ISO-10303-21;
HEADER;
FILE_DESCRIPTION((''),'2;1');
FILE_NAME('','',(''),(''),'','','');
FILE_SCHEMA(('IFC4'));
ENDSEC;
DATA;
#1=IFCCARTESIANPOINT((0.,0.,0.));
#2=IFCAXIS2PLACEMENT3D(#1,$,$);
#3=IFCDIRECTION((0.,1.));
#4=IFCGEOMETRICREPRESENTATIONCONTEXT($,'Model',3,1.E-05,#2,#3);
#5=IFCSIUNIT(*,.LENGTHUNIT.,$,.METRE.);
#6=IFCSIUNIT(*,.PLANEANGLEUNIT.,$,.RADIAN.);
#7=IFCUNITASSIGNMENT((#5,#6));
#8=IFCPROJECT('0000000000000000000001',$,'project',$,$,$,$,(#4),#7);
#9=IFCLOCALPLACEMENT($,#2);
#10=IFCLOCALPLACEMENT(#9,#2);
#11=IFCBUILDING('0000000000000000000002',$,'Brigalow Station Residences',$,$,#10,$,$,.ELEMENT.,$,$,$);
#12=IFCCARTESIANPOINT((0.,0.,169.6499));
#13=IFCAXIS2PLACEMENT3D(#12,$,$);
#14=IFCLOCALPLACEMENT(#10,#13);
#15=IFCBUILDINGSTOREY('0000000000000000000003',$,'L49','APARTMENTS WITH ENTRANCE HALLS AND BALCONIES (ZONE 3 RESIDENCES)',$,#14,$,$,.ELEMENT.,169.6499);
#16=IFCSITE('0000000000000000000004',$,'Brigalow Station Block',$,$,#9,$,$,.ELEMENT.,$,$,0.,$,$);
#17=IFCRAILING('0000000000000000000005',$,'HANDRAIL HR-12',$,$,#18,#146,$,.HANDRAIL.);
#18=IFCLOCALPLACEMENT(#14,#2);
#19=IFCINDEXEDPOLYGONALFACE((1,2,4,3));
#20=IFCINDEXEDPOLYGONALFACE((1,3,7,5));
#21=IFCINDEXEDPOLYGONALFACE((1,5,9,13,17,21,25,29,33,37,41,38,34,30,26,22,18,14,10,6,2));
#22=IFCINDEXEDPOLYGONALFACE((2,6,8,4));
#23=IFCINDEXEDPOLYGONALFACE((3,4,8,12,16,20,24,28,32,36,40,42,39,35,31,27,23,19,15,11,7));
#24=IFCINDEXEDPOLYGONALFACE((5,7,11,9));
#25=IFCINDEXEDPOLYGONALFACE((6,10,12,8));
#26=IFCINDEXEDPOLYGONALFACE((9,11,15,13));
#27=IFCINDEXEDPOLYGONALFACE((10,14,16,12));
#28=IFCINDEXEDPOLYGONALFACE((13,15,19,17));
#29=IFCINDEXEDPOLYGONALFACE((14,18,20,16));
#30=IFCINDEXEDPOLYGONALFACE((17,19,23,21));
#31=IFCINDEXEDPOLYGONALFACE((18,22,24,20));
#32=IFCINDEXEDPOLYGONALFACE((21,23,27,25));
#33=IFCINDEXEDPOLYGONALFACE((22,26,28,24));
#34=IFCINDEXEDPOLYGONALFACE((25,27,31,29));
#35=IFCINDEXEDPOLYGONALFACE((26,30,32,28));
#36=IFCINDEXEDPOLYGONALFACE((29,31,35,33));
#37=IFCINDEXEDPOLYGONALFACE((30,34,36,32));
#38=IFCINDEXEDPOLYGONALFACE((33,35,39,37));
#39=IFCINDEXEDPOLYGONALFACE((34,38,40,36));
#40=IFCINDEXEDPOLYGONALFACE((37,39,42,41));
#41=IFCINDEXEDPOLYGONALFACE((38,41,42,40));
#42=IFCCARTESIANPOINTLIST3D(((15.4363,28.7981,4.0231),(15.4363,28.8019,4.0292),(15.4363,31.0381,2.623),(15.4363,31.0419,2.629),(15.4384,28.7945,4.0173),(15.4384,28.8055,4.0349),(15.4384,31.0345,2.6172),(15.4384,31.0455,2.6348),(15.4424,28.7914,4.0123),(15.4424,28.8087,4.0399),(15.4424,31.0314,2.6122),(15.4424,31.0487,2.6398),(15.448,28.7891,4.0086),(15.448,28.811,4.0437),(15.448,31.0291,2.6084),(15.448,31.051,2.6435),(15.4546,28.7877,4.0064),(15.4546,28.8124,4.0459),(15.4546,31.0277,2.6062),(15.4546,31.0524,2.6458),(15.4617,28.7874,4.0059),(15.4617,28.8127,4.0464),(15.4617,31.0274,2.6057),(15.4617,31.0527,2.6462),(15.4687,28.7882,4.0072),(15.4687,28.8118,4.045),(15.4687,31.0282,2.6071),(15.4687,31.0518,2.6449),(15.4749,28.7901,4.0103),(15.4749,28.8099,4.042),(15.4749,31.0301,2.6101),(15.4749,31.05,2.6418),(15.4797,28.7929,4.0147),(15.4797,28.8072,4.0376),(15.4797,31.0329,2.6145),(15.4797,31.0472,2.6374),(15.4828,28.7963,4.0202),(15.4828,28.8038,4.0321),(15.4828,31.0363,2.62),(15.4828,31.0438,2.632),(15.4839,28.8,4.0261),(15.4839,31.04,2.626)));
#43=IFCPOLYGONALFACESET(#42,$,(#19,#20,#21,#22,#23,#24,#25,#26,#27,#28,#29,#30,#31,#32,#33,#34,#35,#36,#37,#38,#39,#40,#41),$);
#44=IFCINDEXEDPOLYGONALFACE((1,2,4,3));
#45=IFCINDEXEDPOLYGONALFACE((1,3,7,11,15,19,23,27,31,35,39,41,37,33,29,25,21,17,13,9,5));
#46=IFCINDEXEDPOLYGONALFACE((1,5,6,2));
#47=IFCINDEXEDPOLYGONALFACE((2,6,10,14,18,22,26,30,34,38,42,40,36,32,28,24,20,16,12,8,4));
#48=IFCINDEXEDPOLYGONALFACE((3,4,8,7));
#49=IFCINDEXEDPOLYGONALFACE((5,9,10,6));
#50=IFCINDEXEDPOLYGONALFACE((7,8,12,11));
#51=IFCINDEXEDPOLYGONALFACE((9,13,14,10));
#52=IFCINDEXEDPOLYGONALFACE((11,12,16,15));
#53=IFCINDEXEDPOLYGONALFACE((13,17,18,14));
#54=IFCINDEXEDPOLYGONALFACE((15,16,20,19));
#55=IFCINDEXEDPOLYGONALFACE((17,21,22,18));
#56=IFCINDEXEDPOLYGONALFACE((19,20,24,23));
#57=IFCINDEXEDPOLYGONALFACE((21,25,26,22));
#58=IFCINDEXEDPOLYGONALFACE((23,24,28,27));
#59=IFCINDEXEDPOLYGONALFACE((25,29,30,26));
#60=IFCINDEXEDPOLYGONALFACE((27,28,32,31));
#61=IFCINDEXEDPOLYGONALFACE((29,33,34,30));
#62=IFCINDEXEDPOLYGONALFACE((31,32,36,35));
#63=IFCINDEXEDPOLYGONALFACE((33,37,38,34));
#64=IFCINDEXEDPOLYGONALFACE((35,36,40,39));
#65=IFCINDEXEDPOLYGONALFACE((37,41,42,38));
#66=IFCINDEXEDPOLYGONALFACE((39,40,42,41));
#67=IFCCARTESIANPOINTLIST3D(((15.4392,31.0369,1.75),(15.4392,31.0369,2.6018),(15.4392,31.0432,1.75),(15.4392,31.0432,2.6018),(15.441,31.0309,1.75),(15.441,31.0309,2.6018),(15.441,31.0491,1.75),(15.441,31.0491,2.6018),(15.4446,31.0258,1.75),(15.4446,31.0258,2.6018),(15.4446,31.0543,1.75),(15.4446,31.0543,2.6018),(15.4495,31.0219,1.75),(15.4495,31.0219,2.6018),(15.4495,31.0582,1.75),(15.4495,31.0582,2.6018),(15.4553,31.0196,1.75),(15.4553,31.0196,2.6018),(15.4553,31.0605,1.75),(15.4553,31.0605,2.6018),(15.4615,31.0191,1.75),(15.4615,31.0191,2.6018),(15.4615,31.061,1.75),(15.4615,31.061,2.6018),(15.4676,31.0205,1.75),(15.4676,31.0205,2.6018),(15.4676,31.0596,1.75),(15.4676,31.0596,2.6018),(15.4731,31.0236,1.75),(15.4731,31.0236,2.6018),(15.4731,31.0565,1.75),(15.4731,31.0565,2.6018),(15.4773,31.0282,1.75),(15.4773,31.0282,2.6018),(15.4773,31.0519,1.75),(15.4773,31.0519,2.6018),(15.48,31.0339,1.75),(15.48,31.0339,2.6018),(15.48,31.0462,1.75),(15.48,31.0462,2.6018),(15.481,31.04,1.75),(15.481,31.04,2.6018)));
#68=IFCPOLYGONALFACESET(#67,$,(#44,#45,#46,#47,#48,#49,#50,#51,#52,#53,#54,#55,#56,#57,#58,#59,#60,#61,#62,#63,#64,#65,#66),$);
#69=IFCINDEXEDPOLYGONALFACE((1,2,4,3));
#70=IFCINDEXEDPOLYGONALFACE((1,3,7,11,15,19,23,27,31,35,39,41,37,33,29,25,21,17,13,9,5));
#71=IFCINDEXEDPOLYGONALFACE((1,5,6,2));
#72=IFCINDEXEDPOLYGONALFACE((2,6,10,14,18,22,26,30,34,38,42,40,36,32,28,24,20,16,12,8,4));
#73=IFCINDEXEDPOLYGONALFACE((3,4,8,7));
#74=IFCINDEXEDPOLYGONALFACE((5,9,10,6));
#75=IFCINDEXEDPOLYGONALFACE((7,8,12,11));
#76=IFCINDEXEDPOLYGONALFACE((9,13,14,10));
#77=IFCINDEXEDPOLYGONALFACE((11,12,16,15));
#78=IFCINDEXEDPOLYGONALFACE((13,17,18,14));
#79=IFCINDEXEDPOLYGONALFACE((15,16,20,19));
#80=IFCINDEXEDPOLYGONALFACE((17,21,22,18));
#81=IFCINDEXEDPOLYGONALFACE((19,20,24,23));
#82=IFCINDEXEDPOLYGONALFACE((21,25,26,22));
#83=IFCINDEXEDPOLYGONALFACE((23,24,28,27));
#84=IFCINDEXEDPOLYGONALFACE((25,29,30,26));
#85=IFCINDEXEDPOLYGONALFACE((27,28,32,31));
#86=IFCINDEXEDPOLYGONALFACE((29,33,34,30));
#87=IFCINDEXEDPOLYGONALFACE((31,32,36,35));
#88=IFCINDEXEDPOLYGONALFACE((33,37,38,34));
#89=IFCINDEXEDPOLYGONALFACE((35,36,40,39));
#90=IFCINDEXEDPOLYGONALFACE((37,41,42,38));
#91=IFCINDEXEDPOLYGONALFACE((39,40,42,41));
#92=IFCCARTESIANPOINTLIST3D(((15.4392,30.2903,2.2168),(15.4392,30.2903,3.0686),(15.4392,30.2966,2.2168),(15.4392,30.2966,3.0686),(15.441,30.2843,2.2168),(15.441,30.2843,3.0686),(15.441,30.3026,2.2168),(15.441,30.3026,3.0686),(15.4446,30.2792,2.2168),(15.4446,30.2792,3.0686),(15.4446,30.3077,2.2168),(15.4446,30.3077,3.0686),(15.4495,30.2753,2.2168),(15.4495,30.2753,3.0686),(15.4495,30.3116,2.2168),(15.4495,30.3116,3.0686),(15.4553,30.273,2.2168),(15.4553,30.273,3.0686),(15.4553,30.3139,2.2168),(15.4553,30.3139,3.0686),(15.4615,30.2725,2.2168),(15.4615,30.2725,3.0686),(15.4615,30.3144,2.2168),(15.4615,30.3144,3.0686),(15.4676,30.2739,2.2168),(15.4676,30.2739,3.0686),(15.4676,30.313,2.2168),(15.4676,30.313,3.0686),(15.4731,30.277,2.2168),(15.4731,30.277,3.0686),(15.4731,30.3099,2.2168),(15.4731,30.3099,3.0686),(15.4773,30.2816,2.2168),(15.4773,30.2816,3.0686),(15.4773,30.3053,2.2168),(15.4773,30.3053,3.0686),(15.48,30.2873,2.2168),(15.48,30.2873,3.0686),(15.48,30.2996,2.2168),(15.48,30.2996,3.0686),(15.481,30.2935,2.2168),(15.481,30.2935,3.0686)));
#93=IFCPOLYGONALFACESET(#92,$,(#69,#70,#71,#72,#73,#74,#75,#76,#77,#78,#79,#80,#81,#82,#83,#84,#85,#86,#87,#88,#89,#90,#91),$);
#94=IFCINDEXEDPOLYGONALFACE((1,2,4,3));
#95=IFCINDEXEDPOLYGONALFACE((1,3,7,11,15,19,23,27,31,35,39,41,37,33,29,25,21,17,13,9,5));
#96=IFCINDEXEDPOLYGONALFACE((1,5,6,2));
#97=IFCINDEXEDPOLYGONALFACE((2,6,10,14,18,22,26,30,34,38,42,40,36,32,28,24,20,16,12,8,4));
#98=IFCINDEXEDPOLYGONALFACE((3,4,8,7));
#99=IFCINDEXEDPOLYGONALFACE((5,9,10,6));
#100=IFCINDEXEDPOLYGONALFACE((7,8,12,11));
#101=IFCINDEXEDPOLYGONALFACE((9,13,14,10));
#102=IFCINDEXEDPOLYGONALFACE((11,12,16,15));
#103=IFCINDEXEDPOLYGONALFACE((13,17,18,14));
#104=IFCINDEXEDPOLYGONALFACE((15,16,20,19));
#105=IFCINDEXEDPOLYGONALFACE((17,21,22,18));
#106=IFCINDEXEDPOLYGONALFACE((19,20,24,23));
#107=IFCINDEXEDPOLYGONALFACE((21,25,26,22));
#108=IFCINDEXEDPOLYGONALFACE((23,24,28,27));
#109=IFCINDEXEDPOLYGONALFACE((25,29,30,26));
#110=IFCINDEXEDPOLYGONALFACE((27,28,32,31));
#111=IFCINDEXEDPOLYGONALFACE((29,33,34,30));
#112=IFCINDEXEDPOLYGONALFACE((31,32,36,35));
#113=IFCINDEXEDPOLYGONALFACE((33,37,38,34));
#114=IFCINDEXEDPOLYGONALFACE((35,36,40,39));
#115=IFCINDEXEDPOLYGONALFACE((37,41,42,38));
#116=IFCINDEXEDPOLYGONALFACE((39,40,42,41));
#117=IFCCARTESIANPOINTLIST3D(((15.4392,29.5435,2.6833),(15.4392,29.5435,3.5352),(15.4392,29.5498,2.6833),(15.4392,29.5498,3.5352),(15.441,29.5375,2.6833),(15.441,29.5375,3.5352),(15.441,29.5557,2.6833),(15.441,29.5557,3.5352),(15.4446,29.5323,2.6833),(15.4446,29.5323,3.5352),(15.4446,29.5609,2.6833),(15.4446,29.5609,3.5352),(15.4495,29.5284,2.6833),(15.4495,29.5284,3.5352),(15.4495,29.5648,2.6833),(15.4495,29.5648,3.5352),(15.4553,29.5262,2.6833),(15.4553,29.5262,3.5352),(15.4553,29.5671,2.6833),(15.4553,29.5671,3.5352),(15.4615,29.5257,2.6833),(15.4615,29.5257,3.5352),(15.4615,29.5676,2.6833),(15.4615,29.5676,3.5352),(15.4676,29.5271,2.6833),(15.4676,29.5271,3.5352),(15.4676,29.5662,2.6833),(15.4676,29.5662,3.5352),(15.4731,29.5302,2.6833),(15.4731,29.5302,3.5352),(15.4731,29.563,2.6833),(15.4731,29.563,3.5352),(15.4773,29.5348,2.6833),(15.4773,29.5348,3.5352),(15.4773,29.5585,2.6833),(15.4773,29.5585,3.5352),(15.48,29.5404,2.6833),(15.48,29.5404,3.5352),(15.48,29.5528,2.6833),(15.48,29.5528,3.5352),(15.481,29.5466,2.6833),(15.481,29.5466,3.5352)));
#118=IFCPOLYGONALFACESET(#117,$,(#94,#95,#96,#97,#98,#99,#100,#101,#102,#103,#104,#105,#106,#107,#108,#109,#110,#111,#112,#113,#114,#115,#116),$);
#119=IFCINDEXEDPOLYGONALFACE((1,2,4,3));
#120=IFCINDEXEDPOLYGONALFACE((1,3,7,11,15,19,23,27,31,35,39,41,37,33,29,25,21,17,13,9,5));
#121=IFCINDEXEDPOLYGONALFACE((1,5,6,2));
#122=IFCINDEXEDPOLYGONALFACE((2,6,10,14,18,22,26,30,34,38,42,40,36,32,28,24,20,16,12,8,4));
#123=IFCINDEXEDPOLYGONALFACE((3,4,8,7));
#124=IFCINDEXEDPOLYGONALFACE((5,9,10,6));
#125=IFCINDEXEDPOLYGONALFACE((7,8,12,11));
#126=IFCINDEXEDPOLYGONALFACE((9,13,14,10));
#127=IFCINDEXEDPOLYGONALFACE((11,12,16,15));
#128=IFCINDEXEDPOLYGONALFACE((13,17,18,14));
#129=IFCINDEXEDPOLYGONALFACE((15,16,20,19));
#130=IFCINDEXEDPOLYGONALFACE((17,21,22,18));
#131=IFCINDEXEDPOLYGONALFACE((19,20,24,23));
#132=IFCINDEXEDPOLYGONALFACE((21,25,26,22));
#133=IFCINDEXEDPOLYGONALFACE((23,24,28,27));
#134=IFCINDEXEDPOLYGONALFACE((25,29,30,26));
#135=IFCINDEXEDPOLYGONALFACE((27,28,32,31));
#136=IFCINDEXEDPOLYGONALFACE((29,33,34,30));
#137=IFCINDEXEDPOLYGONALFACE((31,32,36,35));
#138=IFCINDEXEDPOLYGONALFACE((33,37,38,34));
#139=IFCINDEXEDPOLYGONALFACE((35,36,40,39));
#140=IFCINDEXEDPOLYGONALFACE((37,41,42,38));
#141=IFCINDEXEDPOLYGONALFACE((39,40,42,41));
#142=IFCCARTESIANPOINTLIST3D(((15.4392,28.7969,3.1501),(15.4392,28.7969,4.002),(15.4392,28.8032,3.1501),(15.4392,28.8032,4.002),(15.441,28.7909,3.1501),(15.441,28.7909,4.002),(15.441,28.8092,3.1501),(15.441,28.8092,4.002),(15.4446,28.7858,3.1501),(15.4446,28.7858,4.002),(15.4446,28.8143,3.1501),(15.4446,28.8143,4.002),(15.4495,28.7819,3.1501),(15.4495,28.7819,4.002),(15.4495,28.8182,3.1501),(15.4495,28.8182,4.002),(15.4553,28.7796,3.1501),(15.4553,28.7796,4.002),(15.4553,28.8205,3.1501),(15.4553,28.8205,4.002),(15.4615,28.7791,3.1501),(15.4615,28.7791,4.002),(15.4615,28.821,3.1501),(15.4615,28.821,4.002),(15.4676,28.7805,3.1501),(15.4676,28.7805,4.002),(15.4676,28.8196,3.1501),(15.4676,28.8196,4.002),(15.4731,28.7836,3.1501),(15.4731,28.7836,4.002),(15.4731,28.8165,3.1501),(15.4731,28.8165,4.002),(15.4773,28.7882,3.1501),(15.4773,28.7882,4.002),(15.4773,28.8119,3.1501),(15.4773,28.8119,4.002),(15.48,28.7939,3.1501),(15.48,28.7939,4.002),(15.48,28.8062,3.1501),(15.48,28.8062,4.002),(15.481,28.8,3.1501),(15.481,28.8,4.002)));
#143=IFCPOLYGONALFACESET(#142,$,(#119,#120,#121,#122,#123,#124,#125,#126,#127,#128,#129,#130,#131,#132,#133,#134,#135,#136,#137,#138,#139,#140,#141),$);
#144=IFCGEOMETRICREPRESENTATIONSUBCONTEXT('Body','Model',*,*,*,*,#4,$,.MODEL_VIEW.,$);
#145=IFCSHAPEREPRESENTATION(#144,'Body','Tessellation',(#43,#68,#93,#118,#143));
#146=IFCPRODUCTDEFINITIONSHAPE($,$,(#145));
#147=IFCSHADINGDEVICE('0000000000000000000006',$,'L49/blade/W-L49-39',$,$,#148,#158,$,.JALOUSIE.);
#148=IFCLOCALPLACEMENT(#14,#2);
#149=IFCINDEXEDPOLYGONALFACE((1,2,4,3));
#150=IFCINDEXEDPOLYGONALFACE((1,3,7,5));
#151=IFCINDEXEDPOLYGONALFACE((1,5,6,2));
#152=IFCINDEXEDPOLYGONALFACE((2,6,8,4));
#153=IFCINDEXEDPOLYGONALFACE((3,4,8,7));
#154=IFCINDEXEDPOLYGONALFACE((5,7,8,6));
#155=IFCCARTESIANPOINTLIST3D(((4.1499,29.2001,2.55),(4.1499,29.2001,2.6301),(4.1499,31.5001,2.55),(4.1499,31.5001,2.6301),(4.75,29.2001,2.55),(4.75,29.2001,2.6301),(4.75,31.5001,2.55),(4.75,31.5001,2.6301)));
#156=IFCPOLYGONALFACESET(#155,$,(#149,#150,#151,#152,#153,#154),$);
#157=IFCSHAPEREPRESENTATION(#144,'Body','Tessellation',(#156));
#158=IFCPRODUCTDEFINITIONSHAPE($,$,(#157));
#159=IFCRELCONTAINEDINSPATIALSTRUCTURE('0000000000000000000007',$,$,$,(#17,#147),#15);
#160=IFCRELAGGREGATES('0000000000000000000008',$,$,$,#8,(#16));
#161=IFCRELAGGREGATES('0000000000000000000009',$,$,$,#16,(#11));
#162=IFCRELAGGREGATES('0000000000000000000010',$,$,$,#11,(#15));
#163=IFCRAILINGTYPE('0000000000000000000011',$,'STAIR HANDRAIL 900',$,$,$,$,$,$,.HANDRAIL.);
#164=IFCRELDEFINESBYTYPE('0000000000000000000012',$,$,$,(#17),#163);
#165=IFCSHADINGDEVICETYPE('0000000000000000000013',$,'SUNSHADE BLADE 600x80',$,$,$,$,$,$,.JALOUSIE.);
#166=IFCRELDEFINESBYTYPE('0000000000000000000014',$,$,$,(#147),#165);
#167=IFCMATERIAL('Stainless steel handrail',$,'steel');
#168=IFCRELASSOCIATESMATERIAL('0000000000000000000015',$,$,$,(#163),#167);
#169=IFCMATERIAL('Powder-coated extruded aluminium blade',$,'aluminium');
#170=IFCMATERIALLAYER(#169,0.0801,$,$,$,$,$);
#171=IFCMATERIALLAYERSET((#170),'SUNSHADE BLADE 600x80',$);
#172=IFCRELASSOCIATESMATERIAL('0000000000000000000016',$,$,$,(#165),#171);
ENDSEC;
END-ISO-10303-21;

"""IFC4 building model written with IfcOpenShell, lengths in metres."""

from ifc_helpers import new_model, si_unit, direction, frame, origin, origin_2d, place, context, subcontext, project, spatial, rectangle, circle, extrude, material, layer, layer_set, type_object, element, save


model = new_model("IFC4")

# Units and contexts
model_context = context("Model", 3, precision=1e-05, world=origin(), true_north=direction((0.0, 1.0)))
body_context = subcontext(model_context, "Body", "Model", "MODEL_VIEW")
ifc_project = project(units=[si_unit("LENGTHUNIT", "METRE"), si_unit("PLANEANGLEUNIT", "RADIAN")], contexts=[model_context])

# Site, building, storey
site_placement = place(None, origin())
site = spatial("IfcSite", under=ifc_project, at=site_placement, Name="Brigalow Station Block", CompositionType="ELEMENT", RefElevation=0.0)
building_placement = place(site_placement, origin())
building = spatial("IfcBuilding", under=site, at=building_placement, Name="Brigalow Station Residences", CompositionType="ELEMENT")
storey_placement = place(building_placement, frame((0.0, 0.0, 169.6499)))
storey = spatial("IfcBuildingStorey", under=building, at=storey_placement, Name="L49", Description="APARTMENTS WITH ENTRANCE HALLS AND BALCONIES (ZONE 3 RESIDENCES)", CompositionType="ELEMENT", Elevation=169.6499)

# Railing
ifc_material_1 = material(Name="Stainless steel handrail", Category="steel")
railing_type_1 = type_object("IfcRailingType", Name="STAIR HANDRAIL 900", PredefinedType="HANDRAIL", material=ifc_material_1)
railing_1_placement = place(storey_placement, frame((15.46, 31.04, 1.75)))
element("IfcRailing", 1, at=railing_1_placement, inside=storey, type_object=railing_type_1, Name="HANDRAIL HR-12", PredefinedType="HANDRAIL", context=body_context, shape_type="SweptSolid", body=[
    extrude(circle(Radius=0.0239, at=origin_2d()), frame((0.0, 0.0, 0.876), z_axis=(0.0, -0.847972, 0.53004), x_axis=(1.0, 0.0, 0.0)), (0.0, 0.0, 1.0), 2.6416),
    extrude(circle(Radius=0.021, at=origin_2d()), origin(), (0.0, 0.0, 1.0), 0.8518),
    extrude(circle(Radius=0.021, at=origin_2d()), frame((0.0, -0.7466, 0.4668)), (0.0, 0.0, 1.0), 0.8518),
    extrude(circle(Radius=0.021, at=origin_2d()), frame((0.0, -1.4934, 0.9333)), (0.0, 0.0, 1.0), 0.8518),
    extrude(circle(Radius=0.021, at=origin_2d()), frame((0.0, -2.24, 1.4001)), (0.0, 0.0, 1.0), 0.8518),
])

# Shading device
ifc_material_2 = material(Name="Powder-coated extruded aluminium blade", Category="aluminium")
ifc_layer_1 = layer(ifc_material_2, 0.0801)
ifc_layer_set_1 = layer_set([ifc_layer_1], Name="SUNSHADE BLADE 600x80")
shading_device_type = type_object("IfcShadingDeviceType", Name="SUNSHADE BLADE 600x80", PredefinedType="JALOUSIE", material=ifc_layer_set_1)
shading_device_placement = place(storey_placement, frame((4.45, 30.3501, 2.55), z_axis=(0.0, 0.0, 1.0), x_axis=(0.0, -1.0, 0.0)))
element("IfcShadingDevice", 2, at=shading_device_placement, inside=storey, type_object=shading_device_type, Name="L49/blade/W-L49-39", PredefinedType="JALOUSIE", context=body_context, shape_type="SweptSolid", body=[
    extrude(rectangle(XDim=2.3, YDim=0.6001, at=origin_2d()), origin(), (0.0, 0.0, 1.0), 0.0801),
])

save(model, "model.ifc")
